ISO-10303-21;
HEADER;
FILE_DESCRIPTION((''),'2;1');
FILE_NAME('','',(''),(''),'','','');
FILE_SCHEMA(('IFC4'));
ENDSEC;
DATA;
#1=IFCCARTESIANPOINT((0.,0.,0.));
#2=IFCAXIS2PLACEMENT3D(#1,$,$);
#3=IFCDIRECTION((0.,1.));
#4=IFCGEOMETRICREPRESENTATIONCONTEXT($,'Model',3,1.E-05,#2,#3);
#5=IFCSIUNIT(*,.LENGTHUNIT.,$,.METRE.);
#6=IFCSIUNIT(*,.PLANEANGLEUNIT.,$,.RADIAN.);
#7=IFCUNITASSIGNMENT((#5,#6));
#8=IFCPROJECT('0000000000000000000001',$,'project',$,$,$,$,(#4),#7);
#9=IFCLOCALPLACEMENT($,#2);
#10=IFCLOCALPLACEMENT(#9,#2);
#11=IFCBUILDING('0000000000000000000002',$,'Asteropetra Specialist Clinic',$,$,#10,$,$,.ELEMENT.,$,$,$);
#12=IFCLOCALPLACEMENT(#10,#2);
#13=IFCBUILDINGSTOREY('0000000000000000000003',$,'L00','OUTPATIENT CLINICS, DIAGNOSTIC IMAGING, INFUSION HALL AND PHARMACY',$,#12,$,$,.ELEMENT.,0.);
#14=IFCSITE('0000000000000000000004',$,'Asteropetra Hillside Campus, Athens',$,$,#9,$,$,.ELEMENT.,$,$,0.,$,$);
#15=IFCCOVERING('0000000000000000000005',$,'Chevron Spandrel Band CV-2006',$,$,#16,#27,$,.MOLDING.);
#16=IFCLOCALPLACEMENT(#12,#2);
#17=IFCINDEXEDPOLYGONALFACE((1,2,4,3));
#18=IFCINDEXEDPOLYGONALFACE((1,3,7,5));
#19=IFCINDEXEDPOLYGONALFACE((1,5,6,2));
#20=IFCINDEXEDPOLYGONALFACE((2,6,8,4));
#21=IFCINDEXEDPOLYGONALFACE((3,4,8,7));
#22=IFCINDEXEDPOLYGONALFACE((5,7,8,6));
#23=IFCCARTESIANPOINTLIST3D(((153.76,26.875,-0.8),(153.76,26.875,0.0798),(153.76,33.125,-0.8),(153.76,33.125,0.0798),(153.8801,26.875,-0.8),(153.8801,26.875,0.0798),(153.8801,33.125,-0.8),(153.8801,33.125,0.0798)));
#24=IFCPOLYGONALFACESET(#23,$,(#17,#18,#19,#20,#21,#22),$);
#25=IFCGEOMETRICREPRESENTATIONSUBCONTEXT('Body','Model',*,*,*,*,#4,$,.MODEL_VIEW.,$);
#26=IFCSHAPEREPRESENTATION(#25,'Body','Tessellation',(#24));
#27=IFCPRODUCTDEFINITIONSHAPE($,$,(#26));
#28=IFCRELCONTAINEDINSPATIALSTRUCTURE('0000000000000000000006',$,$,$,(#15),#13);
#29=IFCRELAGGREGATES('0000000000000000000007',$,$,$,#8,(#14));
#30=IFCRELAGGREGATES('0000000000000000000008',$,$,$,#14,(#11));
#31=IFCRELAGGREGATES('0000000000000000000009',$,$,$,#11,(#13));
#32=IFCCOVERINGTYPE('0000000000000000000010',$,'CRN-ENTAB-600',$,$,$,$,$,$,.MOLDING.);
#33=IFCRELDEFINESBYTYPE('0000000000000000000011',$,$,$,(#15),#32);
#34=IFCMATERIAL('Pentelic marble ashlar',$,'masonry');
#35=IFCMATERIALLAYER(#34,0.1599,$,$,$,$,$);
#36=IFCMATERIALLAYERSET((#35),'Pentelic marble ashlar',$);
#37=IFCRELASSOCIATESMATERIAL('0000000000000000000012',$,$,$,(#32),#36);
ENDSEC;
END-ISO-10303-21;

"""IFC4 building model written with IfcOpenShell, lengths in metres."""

from ifc_helpers import new_model, si_unit, direction, frame, origin, origin_2d, place, context, subcontext, project, spatial, rectangle, extrude, material, layer, layer_set, type_object, element, save


model = new_model("IFC4")

# Units and contexts
model_context = context("Model", 3, precision=1e-05, world=origin(), true_north=direction((0.0, 1.0)))
body_context = subcontext(model_context, "Body", "Model", "MODEL_VIEW")
ifc_project = project(units=[si_unit("LENGTHUNIT", "METRE"), si_unit("PLANEANGLEUNIT", "RADIAN")], contexts=[model_context])

# Site, building, storey
site_placement = place(None, origin())
site = spatial("IfcSite", under=ifc_project, at=site_placement, Name="Asteropetra Hillside Campus, Athens", CompositionType="ELEMENT", RefElevation=0.0)
building_placement = place(site_placement, origin())
building = spatial("IfcBuilding", under=site, at=building_placement, Name="Asteropetra Specialist Clinic", CompositionType="ELEMENT")
storey_placement = place(building_placement, origin())
storey = spatial("IfcBuildingStorey", under=building, at=storey_placement, Name="L00", Description="OUTPATIENT CLINICS, DIAGNOSTIC IMAGING, INFUSION HALL AND PHARMACY", CompositionType="ELEMENT", Elevation=0.0)

# Covering
ifc_material_1 = material(Name="Pentelic marble ashlar", Category="masonry")
ifc_layer_1 = layer(ifc_material_1, 0.1599)
ifc_layer_set_1 = layer_set([ifc_layer_1], Name="Pentelic marble ashlar")
covering_type = type_object("IfcCoveringType", Name="CRN-ENTAB-600", PredefinedType="MOLDING", material=ifc_layer_set_1)
covering_1_placement = place(storey_placement, frame((153.8201, 30.0, -0.8), z_axis=(0.0, 0.0, 1.0), x_axis=(1.0, 0.0, 0.0)))
element("IfcCovering", 1, at=covering_1_placement, inside=storey, type_object=covering_type, Name="Chevron Spandrel Band CV-2006", PredefinedType="MOLDING", context=body_context, shape_type="SweptSolid", body=[
    extrude(rectangle(XDim=0.1201, YDim=6.25, at=origin_2d()), origin(), (0.0, 0.0, 1.0), 0.8799),
])

save(model, "model.ifc")
